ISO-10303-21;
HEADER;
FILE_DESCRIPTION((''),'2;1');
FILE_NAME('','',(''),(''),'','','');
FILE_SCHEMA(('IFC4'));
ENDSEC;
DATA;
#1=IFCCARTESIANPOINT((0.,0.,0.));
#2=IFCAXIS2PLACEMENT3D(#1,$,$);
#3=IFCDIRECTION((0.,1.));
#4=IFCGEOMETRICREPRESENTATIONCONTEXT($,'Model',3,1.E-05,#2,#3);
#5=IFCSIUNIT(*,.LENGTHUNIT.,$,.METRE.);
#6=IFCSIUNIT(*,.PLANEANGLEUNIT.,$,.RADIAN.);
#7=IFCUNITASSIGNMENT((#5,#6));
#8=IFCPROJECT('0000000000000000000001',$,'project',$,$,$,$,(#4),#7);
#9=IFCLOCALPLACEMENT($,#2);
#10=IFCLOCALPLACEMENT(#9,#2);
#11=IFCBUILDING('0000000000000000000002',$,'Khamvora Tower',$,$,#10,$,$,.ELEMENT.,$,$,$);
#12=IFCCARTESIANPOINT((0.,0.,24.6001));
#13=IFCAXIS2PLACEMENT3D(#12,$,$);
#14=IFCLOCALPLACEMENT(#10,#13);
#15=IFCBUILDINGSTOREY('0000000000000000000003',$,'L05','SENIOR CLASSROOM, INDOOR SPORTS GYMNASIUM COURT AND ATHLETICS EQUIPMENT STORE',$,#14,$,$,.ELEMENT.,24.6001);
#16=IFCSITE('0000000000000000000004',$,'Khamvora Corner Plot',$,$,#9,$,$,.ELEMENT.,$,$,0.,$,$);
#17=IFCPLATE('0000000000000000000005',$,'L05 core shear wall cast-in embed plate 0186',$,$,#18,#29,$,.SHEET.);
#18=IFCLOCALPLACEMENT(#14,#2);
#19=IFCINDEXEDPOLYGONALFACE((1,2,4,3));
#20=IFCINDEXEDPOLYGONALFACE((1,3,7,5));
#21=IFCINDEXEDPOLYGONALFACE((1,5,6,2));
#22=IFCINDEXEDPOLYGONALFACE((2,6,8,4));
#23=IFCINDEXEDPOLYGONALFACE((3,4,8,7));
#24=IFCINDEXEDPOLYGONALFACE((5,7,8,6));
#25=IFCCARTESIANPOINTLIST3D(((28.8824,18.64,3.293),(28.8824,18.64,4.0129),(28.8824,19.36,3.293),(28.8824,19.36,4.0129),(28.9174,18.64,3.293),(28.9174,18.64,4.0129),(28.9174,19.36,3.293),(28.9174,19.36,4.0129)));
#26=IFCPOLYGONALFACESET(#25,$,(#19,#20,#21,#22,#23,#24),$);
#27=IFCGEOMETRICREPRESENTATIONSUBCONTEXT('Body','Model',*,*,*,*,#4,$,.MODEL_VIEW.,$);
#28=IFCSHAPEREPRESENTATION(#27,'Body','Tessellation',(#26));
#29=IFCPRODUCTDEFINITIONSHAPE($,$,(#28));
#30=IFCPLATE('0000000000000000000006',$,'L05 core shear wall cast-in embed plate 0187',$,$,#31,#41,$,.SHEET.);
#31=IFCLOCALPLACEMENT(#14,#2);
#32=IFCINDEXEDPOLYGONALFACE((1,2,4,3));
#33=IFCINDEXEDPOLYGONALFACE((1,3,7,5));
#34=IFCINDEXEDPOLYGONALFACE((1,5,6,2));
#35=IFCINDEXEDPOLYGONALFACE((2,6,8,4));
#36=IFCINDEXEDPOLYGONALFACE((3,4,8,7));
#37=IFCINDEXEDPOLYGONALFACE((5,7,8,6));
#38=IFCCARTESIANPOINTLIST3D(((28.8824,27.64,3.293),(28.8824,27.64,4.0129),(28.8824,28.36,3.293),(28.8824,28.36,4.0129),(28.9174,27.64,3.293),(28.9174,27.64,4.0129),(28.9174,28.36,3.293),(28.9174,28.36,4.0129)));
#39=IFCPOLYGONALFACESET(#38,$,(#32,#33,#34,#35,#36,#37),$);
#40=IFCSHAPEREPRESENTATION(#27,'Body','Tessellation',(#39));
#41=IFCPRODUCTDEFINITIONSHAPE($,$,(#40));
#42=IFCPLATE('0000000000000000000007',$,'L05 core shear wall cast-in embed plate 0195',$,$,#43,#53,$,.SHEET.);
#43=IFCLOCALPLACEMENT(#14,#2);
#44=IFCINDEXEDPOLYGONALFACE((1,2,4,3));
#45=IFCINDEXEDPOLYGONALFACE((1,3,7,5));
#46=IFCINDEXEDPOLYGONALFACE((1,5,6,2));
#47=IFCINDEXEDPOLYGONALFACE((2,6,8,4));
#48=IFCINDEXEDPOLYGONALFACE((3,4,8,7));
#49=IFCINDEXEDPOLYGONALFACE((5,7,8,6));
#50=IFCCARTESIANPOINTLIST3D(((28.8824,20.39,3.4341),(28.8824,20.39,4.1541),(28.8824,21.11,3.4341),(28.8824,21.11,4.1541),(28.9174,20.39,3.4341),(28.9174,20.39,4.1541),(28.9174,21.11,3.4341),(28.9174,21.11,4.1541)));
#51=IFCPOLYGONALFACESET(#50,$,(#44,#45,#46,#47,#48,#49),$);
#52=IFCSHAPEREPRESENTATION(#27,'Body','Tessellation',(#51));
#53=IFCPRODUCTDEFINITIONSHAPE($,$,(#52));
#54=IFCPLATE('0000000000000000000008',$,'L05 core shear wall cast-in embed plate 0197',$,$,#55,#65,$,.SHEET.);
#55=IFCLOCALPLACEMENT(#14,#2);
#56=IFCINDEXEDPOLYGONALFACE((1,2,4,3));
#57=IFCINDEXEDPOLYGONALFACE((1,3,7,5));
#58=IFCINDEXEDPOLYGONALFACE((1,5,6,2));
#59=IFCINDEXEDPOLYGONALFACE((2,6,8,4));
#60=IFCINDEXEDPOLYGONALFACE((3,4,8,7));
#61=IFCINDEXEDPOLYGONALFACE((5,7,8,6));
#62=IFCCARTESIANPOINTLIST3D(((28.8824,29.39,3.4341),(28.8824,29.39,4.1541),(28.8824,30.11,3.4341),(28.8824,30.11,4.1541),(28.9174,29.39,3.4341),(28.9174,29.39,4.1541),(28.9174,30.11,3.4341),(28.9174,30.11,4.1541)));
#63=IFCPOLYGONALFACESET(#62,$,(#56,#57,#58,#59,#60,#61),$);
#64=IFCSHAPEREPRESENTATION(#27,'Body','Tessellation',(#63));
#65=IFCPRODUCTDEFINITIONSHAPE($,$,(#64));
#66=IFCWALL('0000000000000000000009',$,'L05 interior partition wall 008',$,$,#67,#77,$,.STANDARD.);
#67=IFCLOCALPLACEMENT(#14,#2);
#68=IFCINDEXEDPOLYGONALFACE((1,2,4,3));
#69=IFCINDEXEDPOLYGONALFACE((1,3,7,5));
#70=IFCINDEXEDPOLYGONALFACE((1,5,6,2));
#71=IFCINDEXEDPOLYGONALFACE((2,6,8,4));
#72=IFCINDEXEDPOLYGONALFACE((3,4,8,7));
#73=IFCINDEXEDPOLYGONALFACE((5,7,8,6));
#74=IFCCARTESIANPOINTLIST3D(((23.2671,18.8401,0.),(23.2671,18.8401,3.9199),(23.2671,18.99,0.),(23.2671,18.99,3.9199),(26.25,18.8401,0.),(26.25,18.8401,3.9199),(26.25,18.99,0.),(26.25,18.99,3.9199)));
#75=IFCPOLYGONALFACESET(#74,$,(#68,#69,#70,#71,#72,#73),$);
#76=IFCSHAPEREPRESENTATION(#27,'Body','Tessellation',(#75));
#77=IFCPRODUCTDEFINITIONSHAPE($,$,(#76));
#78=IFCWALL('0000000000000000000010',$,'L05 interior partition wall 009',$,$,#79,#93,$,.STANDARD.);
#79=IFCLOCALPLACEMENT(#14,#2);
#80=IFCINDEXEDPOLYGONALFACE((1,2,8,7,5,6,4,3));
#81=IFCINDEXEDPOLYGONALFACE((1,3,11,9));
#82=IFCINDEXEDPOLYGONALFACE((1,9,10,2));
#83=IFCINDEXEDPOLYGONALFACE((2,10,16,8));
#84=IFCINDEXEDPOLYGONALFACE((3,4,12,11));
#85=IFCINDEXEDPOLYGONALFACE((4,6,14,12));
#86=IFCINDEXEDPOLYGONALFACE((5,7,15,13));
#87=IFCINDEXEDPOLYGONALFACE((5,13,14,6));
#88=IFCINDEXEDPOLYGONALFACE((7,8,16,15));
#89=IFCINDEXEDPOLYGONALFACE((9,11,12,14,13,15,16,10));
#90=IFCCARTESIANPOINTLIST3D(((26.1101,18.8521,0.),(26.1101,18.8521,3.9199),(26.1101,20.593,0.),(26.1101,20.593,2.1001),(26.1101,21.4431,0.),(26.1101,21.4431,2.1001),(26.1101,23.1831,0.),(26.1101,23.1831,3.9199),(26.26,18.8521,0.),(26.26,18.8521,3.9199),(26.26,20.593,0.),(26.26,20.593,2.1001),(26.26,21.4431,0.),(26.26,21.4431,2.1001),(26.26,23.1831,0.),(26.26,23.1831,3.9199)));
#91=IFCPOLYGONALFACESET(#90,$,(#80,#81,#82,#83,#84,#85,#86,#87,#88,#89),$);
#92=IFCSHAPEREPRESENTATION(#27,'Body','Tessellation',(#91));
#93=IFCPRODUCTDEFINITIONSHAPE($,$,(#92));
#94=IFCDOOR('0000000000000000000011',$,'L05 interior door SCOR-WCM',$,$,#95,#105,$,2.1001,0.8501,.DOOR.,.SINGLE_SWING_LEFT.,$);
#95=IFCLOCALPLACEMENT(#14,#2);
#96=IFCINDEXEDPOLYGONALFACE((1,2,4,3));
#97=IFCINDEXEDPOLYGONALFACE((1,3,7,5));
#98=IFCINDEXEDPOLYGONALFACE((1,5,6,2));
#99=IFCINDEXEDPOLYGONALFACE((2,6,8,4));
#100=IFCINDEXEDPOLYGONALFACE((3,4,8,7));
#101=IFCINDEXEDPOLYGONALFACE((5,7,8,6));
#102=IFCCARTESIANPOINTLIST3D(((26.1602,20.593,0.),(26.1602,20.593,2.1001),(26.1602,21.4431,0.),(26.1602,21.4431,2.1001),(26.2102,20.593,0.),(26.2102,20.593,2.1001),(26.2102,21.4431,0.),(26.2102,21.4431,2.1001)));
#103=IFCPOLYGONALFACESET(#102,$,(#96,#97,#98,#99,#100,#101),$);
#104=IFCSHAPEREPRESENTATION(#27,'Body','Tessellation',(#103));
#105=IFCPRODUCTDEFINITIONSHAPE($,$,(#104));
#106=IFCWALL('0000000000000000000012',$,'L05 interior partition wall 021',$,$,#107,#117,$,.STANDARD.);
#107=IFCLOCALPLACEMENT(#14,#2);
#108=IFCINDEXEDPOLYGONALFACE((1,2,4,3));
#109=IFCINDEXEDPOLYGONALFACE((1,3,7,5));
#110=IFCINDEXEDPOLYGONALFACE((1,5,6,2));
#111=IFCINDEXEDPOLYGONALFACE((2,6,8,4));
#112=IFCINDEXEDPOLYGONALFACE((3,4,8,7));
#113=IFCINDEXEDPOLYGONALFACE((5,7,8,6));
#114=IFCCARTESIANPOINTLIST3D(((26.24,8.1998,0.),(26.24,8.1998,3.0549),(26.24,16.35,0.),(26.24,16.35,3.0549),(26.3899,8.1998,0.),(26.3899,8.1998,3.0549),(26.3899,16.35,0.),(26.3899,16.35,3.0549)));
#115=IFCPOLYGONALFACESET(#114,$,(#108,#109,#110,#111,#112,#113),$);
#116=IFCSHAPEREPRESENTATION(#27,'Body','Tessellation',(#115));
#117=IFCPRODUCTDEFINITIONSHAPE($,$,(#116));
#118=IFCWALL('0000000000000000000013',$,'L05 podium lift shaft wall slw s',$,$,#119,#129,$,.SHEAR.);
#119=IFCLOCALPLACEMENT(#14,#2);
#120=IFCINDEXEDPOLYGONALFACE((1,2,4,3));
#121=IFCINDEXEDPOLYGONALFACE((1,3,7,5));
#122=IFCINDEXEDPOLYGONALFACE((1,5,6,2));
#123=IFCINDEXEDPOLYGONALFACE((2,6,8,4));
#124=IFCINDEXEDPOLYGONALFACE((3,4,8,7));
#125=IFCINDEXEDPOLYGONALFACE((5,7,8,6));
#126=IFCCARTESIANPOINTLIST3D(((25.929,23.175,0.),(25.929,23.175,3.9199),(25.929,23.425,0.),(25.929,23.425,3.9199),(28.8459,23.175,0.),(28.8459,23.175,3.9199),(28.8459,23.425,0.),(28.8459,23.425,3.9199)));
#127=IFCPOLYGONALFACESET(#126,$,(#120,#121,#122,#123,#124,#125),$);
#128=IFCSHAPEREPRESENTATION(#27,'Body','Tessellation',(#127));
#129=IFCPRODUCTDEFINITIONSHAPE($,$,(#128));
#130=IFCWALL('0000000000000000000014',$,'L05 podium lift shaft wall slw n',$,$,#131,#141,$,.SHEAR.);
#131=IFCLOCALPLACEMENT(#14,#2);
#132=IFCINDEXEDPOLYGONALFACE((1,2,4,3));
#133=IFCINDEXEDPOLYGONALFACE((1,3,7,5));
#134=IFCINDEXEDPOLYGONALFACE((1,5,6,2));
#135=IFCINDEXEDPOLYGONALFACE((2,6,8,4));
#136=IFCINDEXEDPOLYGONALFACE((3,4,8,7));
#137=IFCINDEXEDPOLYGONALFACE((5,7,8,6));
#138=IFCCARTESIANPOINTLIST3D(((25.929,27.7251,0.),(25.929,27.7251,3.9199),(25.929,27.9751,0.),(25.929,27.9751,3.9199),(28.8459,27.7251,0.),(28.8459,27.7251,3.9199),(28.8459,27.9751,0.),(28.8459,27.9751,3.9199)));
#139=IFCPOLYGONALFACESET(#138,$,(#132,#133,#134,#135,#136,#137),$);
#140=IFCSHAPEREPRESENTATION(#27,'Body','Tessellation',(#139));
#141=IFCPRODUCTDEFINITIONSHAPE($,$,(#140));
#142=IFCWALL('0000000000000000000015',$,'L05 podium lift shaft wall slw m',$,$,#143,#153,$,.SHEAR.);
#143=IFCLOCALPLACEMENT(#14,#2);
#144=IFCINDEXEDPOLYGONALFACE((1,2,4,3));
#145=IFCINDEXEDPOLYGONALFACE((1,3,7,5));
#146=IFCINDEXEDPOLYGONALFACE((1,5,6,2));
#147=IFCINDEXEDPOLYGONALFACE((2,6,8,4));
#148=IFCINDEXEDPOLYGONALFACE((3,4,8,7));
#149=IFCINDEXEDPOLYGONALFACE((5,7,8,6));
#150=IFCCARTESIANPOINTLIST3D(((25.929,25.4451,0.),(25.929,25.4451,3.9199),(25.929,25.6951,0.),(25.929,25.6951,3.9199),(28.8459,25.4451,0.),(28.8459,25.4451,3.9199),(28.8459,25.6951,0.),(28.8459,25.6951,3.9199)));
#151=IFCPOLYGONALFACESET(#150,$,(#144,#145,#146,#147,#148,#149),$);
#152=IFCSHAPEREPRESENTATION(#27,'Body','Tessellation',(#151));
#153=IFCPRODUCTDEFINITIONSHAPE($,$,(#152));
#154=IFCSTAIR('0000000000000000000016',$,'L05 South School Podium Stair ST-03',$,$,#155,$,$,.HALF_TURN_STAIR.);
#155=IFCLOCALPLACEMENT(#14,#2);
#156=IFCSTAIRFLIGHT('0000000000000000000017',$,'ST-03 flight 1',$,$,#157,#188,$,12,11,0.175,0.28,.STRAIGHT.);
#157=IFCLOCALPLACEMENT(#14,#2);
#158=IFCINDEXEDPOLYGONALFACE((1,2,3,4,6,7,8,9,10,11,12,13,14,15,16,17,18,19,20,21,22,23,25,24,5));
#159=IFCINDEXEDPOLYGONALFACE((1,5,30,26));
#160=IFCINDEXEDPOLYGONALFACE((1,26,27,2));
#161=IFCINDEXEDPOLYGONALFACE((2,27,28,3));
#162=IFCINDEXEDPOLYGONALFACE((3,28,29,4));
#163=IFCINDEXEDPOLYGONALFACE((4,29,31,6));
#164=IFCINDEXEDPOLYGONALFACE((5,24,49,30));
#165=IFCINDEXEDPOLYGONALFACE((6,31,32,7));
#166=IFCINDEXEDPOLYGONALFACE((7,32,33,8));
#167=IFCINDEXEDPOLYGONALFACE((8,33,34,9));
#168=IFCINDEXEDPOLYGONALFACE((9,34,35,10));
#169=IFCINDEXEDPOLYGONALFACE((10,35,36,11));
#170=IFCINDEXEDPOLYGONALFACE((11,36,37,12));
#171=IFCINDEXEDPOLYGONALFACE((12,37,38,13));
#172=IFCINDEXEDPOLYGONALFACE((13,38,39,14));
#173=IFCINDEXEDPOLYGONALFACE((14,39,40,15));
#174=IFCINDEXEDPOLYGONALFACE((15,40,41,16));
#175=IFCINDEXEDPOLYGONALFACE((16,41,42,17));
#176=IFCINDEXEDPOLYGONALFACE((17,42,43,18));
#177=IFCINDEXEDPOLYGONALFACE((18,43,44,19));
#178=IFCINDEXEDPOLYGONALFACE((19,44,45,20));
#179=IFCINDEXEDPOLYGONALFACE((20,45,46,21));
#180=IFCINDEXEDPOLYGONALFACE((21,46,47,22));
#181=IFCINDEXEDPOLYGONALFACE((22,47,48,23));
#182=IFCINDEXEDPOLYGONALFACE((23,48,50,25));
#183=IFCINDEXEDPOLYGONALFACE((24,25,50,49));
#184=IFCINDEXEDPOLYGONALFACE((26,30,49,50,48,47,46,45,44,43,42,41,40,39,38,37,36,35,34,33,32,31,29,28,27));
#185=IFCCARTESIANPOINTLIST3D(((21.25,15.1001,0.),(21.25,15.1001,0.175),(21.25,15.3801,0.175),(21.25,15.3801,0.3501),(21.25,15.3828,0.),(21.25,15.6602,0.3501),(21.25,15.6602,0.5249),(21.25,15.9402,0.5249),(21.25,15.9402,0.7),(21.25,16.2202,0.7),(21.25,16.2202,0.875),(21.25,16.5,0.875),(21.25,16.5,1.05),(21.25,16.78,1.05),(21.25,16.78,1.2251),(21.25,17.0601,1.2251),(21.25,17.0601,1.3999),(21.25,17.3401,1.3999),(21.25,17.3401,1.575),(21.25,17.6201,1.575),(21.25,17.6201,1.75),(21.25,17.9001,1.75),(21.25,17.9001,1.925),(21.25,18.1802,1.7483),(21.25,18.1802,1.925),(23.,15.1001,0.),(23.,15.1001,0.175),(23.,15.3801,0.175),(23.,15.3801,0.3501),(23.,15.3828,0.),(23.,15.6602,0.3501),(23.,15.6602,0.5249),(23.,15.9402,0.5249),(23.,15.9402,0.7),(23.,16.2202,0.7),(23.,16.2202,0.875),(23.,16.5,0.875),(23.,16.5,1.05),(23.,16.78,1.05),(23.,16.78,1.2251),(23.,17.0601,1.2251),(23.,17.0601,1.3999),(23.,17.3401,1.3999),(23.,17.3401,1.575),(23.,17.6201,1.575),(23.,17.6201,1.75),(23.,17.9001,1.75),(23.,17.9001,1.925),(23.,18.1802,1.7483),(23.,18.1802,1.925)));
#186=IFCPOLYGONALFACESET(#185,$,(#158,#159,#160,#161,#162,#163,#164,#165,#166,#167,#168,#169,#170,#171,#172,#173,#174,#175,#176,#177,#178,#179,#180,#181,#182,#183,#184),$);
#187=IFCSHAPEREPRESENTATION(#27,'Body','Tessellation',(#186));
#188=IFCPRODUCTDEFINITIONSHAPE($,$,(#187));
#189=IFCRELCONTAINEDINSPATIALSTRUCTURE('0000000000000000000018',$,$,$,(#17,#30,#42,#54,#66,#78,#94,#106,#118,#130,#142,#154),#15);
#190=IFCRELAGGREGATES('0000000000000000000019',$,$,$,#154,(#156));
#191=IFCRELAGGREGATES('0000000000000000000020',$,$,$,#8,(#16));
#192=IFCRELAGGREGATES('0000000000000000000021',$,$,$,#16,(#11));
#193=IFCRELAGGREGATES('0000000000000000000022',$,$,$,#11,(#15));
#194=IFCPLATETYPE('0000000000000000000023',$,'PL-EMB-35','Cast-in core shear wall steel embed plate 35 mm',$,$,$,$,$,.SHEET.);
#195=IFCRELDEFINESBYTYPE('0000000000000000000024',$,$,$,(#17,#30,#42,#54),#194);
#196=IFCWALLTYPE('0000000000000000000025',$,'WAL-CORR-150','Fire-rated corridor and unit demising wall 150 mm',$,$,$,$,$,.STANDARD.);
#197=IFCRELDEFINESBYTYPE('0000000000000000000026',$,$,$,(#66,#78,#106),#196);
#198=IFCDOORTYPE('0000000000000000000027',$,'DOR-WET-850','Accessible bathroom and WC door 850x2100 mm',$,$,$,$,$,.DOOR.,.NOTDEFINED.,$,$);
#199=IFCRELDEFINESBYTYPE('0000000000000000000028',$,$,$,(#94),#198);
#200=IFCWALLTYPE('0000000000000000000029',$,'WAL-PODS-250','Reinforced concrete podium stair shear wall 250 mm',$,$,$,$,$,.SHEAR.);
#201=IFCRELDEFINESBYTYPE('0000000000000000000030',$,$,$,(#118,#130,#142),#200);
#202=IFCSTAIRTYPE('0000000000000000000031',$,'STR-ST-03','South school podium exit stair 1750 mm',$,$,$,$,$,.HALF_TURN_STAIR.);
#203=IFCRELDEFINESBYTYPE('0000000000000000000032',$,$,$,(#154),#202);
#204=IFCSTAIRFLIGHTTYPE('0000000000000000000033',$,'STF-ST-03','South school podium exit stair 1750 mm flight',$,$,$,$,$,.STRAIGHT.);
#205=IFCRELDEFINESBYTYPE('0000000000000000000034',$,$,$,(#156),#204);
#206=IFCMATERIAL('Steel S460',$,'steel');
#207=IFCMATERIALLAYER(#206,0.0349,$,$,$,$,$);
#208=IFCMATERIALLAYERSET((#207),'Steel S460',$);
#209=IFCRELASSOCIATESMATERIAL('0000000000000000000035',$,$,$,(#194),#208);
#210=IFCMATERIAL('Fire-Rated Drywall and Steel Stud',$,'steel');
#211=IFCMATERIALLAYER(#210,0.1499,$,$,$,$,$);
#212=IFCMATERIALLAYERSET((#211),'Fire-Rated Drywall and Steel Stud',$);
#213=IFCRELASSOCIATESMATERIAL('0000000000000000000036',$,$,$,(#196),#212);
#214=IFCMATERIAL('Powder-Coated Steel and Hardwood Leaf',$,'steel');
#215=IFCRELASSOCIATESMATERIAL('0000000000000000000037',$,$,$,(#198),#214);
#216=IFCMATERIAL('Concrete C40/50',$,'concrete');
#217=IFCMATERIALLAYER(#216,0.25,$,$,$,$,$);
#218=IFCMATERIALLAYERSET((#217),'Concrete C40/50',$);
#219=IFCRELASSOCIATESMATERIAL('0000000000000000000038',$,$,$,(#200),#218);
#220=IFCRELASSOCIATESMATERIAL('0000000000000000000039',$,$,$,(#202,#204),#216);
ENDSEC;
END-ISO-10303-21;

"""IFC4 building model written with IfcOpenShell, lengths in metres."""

from ifc_helpers import new_model, si_unit, direction, frame, frame_2d, origin, origin_2d, place, context, subcontext, project, spatial, polyline, rectangle, outline, extrude, material, layer, layer_set, type_object, element, fill, aggregate, save


model = new_model("IFC4")

# Units and contexts
model_context = context("Model", 3, precision=1e-05, world=origin(), true_north=direction((0.0, 1.0)))
body_context = subcontext(model_context, "Body", "Model", "MODEL_VIEW")
ifc_project = project(units=[si_unit("LENGTHUNIT", "METRE"), si_unit("PLANEANGLEUNIT", "RADIAN")], contexts=[model_context])

# Site, building, storey
site_placement = place(None, origin())
site = spatial("IfcSite", under=ifc_project, at=site_placement, Name="Khamvora Corner Plot", CompositionType="ELEMENT", RefElevation=0.0)
building_placement = place(site_placement, origin())
building = spatial("IfcBuilding", under=site, at=building_placement, Name="Khamvora Tower", CompositionType="ELEMENT")
storey_placement = place(building_placement, frame((0.0, 0.0, 24.6001)))
storey = spatial("IfcBuildingStorey", under=building, at=storey_placement, Name="L05", Description="SENIOR CLASSROOM, INDOOR SPORTS GYMNASIUM COURT AND ATHLETICS EQUIPMENT STORE", CompositionType="ELEMENT", Elevation=24.6001)

# Plates
ifc_material_1 = material(Name="Steel S460", Category="steel")
ifc_layer_1 = layer(ifc_material_1, 0.0349)
ifc_layer_set_1 = layer_set([ifc_layer_1], Name="Steel S460")
plate_type = type_object("IfcPlateType", Name="PL-EMB-35", Description="Cast-in core shear wall steel embed plate 35 mm", PredefinedType="SHEET", material=ifc_layer_set_1)
for number, where, z_axis, x_axis, name in (
    (1, (28.8999, 19.0, 3.293), (0.0, 0.0, 1.0), (1.0, 0.0, 0.0), "L05 core shear wall cast-in embed plate 0186"),
    (2, (28.8999, 28.0, 3.293), (0.0, 0.0, 1.0), (1.0, 0.0, 0.0), "L05 core shear wall cast-in embed plate 0187"),
    (3, (28.8999, 20.75, 3.4341), (0.0, 0.0, 1.0), (1.0, 0.0, 0.0), "L05 core shear wall cast-in embed plate 0195"),
    (4, (28.8999, 29.75, 3.4341), (0.0, 0.0, 1.0), (1.0, 0.0, 0.0), "L05 core shear wall cast-in embed plate 0197"),
):
    element("IfcPlate", number, at=place(storey_placement, frame(where, z_axis=z_axis, x_axis=x_axis)), inside=storey, type_object=plate_type, Name=name, PredefinedType="SHEET", context=body_context, shape_type="SweptSolid", body=[
        extrude(rectangle(XDim=0.0349, YDim=0.72, at=origin_2d()), origin(), (0.0, 0.0, 1.0), 0.72),
    ])

# Wall
ifc_material_2 = material(Name="Fire-Rated Drywall and Steel Stud", Category="steel")
ifc_layer_2 = layer(ifc_material_2, 0.1499)
ifc_layer_set_2 = layer_set([ifc_layer_2], Name="Fire-Rated Drywall and Steel Stud")
wall_type_1 = type_object("IfcWallType", Name="WAL-CORR-150", Description="Fire-rated corridor and unit demising wall 150 mm", PredefinedType="STANDARD", material=ifc_layer_set_2)
wall_1_placement = place(storey_placement, frame((23.2671, 18.915, 0.0), z_axis=(0.0, 0.0, 1.0), x_axis=(1.0, 0.0, 0.0)))
element("IfcWall", 5, at=wall_1_placement, inside=storey, type_object=wall_type_1, Name="L05 interior partition wall 008", PredefinedType="STANDARD", context=body_context, shape_type="SweptSolid", body=[
    extrude(rectangle(XDim=2.9829, YDim=0.1499, at=frame_2d((1.4915, 0.0))), origin(), (0.0, 0.0, 1.0), 3.9199),
])

# Wall, opening, door
wall_2_placement = place(storey_placement, frame((26.1851, 18.8521, 0.0), z_axis=(0.0, 0.0, 1.0), x_axis=(0.0, 1.0, 0.0)))
wall_2 = element("IfcWall", 6, at=wall_2_placement, inside=storey, type_object=wall_type_1, Name="L05 interior partition wall 009", PredefinedType="STANDARD", context=body_context, shape_type="SweptSolid", body=[
    extrude(rectangle(XDim=4.3311, YDim=0.1499, at=frame_2d((2.1655, 0.0))), origin(), (0.0, 0.0, 1.0), 3.9199),
])
opening_1_placement = place(wall_2_placement, frame((1.741, 0.0, 0.0)))
opening_1 = element("IfcOpeningElement", 7, at=opening_1_placement, cuts=wall_2, PredefinedType="OPENING", context=body_context, shape_type="SweptSolid", body=[
    extrude(rectangle(XDim=0.8501, YDim=2.1001, at=frame_2d((0.425, 1.05))), frame((0.0, 0.085, 0.0), z_axis=(0.0, -1.0, 0.0), x_axis=(1.0, 0.0, 0.0)), (0.0, 0.0, 1.0), 0.1699),
])
ifc_material_3 = material(Name="Powder-Coated Steel and Hardwood Leaf", Category="steel")
door_type_1 = type_object("IfcDoorType", Name="DOR-WET-850", Description="Accessible bathroom and WC door 850x2100 mm", OperationType="NOTDEFINED", PredefinedType="DOOR", material=ifc_material_3)
door_1_placement = place(opening_1_placement, origin())
door_1 = element("IfcDoor", 8, at=door_1_placement, inside=storey, type_object=door_type_1, Name="L05 interior door SCOR-WCM", OperationType="SINGLE_SWING_LEFT", OverallHeight=2.1001, OverallWidth=0.8501, PredefinedType="DOOR", context=body_context, shape_type="SweptSolid", body=[
    extrude(rectangle(XDim=0.8501, YDim=2.1001, at=frame_2d((0.425, 1.05))), frame((0.0, 0.0249, 0.0), z_axis=(0.0, -1.0, 0.0), x_axis=(1.0, 0.0, 0.0)), (0.0, 0.0, 1.0), 0.05),
])
fill(opening_1, door_1)

# Wall
wall_3_placement = place(storey_placement, frame((26.3149, 16.3501, 0.0), z_axis=(0.0, 0.0, 1.0), x_axis=(0.0, -1.0, 0.0)))
element("IfcWall", 9, at=wall_3_placement, inside=storey, type_object=wall_type_1, Name="L05 interior partition wall 021", PredefinedType="STANDARD", context=body_context, shape_type="SweptSolid", body=[
    extrude(rectangle(XDim=8.1501, YDim=0.1499, at=frame_2d((4.0752, 0.0))), origin(), (0.0, 0.0, 1.0), 3.0549),
])

# Shared definitions
ifc_material_4 = material(Name="Concrete C40/50", Category="concrete")
ifc_layer_3 = layer(ifc_material_4, 0.25)
ifc_layer_set_3 = layer_set([ifc_layer_3], Name="Concrete C40/50")
wall_type_2 = type_object("IfcWallType", Name="WAL-PODS-250", Description="Reinforced concrete podium stair shear wall 250 mm", PredefinedType="SHEAR", material=ifc_layer_set_3)

# Walls
for number, where, z_axis, x_axis, name in (
    (10, (25.929, 23.3, 0.0), (0.0, 0.0, 1.0), (1.0, 0.0, 0.0), "L05 podium lift shaft wall slw s"),
    (11, (25.929, 27.8501, 0.0), (0.0, 0.0, 1.0), (1.0, 0.0, 0.0), "L05 podium lift shaft wall slw n"),
    (12, (25.929, 25.5701, 0.0), (0.0, 0.0, 1.0), (1.0, 0.0, 0.0), "L05 podium lift shaft wall slw m"),
):
    element("IfcWall", number, at=place(storey_placement, frame(where, z_axis=z_axis, x_axis=x_axis)), inside=storey, type_object=wall_type_2, Name=name, PredefinedType="SHEAR", context=body_context, shape_type="SweptSolid", body=[
        extrude(rectangle(XDim=2.917, YDim=0.25, at=frame_2d((1.4585, 0.0))), origin(), (0.0, 0.0, 1.0), 3.9199),
    ])

# Stair, stair flight
stair_type = type_object("IfcStairType", Name="STR-ST-03", Description="South school podium exit stair 1750 mm", PredefinedType="HALF_TURN_STAIR", material=ifc_material_4)
stair_placement = place(storey_placement, origin())
stair = element("IfcStair", 13, at=stair_placement, inside=storey, type_object=stair_type, Name="L05 South School Podium Stair ST-03", PredefinedType="HALF_TURN_STAIR")
stair_flight_type = type_object("IfcStairFlightType", Name="STF-ST-03", Description="South school podium exit stair 1750 mm flight", PredefinedType="STRAIGHT", material=ifc_material_4)
stair_flight_1_placement = place(storey_placement, frame((22.125, 15.1001, 0.0), z_axis=(0.0, 0.0, 1.0), x_axis=(0.0, 1.0, 0.0)))
stair_flight_1 = element("IfcStairFlight", 14, at=stair_flight_1_placement, type_object=stair_flight_type, Name="ST-03 flight 1", NumberOfRisers=12, NumberOfTreads=11, PredefinedType="STRAIGHT", RiserHeight=0.175, TreadLength=0.28, context=body_context, shape_type="SweptSolid", body=[
    extrude(outline(polyline([(0.0, 0.0), (0.0, 0.175), (0.28, 0.175), (0.28, 0.3501), (0.5601, 0.3501), (0.5601, 0.5249), (0.8401, 0.5249), (0.8401, 0.7), (1.1201, 0.7), (1.1201, 0.875), (1.3999, 0.875), (1.3999, 1.05), (1.6799, 1.05), (1.6799, 1.2251), (1.96, 1.2251), (1.96, 1.3999), (2.24, 1.3999), (2.24, 1.575), (2.52, 1.575), (2.52, 1.75), (2.8, 1.75), (2.8, 1.925), (3.0801, 1.925), (3.0801, 2.1001), (3.0801, 1.7483), (0.2827, 0.0), (0.0, 0.0)])), frame((0.0, 0.875, 0.0), z_axis=(0.0, -1.0, 0.0), x_axis=(1.0, 0.0, 0.0)), (0.0, 0.0, 1.0), 1.75),
])
aggregate(stair, [stair_flight_1])

save(model, "model.ifc")
